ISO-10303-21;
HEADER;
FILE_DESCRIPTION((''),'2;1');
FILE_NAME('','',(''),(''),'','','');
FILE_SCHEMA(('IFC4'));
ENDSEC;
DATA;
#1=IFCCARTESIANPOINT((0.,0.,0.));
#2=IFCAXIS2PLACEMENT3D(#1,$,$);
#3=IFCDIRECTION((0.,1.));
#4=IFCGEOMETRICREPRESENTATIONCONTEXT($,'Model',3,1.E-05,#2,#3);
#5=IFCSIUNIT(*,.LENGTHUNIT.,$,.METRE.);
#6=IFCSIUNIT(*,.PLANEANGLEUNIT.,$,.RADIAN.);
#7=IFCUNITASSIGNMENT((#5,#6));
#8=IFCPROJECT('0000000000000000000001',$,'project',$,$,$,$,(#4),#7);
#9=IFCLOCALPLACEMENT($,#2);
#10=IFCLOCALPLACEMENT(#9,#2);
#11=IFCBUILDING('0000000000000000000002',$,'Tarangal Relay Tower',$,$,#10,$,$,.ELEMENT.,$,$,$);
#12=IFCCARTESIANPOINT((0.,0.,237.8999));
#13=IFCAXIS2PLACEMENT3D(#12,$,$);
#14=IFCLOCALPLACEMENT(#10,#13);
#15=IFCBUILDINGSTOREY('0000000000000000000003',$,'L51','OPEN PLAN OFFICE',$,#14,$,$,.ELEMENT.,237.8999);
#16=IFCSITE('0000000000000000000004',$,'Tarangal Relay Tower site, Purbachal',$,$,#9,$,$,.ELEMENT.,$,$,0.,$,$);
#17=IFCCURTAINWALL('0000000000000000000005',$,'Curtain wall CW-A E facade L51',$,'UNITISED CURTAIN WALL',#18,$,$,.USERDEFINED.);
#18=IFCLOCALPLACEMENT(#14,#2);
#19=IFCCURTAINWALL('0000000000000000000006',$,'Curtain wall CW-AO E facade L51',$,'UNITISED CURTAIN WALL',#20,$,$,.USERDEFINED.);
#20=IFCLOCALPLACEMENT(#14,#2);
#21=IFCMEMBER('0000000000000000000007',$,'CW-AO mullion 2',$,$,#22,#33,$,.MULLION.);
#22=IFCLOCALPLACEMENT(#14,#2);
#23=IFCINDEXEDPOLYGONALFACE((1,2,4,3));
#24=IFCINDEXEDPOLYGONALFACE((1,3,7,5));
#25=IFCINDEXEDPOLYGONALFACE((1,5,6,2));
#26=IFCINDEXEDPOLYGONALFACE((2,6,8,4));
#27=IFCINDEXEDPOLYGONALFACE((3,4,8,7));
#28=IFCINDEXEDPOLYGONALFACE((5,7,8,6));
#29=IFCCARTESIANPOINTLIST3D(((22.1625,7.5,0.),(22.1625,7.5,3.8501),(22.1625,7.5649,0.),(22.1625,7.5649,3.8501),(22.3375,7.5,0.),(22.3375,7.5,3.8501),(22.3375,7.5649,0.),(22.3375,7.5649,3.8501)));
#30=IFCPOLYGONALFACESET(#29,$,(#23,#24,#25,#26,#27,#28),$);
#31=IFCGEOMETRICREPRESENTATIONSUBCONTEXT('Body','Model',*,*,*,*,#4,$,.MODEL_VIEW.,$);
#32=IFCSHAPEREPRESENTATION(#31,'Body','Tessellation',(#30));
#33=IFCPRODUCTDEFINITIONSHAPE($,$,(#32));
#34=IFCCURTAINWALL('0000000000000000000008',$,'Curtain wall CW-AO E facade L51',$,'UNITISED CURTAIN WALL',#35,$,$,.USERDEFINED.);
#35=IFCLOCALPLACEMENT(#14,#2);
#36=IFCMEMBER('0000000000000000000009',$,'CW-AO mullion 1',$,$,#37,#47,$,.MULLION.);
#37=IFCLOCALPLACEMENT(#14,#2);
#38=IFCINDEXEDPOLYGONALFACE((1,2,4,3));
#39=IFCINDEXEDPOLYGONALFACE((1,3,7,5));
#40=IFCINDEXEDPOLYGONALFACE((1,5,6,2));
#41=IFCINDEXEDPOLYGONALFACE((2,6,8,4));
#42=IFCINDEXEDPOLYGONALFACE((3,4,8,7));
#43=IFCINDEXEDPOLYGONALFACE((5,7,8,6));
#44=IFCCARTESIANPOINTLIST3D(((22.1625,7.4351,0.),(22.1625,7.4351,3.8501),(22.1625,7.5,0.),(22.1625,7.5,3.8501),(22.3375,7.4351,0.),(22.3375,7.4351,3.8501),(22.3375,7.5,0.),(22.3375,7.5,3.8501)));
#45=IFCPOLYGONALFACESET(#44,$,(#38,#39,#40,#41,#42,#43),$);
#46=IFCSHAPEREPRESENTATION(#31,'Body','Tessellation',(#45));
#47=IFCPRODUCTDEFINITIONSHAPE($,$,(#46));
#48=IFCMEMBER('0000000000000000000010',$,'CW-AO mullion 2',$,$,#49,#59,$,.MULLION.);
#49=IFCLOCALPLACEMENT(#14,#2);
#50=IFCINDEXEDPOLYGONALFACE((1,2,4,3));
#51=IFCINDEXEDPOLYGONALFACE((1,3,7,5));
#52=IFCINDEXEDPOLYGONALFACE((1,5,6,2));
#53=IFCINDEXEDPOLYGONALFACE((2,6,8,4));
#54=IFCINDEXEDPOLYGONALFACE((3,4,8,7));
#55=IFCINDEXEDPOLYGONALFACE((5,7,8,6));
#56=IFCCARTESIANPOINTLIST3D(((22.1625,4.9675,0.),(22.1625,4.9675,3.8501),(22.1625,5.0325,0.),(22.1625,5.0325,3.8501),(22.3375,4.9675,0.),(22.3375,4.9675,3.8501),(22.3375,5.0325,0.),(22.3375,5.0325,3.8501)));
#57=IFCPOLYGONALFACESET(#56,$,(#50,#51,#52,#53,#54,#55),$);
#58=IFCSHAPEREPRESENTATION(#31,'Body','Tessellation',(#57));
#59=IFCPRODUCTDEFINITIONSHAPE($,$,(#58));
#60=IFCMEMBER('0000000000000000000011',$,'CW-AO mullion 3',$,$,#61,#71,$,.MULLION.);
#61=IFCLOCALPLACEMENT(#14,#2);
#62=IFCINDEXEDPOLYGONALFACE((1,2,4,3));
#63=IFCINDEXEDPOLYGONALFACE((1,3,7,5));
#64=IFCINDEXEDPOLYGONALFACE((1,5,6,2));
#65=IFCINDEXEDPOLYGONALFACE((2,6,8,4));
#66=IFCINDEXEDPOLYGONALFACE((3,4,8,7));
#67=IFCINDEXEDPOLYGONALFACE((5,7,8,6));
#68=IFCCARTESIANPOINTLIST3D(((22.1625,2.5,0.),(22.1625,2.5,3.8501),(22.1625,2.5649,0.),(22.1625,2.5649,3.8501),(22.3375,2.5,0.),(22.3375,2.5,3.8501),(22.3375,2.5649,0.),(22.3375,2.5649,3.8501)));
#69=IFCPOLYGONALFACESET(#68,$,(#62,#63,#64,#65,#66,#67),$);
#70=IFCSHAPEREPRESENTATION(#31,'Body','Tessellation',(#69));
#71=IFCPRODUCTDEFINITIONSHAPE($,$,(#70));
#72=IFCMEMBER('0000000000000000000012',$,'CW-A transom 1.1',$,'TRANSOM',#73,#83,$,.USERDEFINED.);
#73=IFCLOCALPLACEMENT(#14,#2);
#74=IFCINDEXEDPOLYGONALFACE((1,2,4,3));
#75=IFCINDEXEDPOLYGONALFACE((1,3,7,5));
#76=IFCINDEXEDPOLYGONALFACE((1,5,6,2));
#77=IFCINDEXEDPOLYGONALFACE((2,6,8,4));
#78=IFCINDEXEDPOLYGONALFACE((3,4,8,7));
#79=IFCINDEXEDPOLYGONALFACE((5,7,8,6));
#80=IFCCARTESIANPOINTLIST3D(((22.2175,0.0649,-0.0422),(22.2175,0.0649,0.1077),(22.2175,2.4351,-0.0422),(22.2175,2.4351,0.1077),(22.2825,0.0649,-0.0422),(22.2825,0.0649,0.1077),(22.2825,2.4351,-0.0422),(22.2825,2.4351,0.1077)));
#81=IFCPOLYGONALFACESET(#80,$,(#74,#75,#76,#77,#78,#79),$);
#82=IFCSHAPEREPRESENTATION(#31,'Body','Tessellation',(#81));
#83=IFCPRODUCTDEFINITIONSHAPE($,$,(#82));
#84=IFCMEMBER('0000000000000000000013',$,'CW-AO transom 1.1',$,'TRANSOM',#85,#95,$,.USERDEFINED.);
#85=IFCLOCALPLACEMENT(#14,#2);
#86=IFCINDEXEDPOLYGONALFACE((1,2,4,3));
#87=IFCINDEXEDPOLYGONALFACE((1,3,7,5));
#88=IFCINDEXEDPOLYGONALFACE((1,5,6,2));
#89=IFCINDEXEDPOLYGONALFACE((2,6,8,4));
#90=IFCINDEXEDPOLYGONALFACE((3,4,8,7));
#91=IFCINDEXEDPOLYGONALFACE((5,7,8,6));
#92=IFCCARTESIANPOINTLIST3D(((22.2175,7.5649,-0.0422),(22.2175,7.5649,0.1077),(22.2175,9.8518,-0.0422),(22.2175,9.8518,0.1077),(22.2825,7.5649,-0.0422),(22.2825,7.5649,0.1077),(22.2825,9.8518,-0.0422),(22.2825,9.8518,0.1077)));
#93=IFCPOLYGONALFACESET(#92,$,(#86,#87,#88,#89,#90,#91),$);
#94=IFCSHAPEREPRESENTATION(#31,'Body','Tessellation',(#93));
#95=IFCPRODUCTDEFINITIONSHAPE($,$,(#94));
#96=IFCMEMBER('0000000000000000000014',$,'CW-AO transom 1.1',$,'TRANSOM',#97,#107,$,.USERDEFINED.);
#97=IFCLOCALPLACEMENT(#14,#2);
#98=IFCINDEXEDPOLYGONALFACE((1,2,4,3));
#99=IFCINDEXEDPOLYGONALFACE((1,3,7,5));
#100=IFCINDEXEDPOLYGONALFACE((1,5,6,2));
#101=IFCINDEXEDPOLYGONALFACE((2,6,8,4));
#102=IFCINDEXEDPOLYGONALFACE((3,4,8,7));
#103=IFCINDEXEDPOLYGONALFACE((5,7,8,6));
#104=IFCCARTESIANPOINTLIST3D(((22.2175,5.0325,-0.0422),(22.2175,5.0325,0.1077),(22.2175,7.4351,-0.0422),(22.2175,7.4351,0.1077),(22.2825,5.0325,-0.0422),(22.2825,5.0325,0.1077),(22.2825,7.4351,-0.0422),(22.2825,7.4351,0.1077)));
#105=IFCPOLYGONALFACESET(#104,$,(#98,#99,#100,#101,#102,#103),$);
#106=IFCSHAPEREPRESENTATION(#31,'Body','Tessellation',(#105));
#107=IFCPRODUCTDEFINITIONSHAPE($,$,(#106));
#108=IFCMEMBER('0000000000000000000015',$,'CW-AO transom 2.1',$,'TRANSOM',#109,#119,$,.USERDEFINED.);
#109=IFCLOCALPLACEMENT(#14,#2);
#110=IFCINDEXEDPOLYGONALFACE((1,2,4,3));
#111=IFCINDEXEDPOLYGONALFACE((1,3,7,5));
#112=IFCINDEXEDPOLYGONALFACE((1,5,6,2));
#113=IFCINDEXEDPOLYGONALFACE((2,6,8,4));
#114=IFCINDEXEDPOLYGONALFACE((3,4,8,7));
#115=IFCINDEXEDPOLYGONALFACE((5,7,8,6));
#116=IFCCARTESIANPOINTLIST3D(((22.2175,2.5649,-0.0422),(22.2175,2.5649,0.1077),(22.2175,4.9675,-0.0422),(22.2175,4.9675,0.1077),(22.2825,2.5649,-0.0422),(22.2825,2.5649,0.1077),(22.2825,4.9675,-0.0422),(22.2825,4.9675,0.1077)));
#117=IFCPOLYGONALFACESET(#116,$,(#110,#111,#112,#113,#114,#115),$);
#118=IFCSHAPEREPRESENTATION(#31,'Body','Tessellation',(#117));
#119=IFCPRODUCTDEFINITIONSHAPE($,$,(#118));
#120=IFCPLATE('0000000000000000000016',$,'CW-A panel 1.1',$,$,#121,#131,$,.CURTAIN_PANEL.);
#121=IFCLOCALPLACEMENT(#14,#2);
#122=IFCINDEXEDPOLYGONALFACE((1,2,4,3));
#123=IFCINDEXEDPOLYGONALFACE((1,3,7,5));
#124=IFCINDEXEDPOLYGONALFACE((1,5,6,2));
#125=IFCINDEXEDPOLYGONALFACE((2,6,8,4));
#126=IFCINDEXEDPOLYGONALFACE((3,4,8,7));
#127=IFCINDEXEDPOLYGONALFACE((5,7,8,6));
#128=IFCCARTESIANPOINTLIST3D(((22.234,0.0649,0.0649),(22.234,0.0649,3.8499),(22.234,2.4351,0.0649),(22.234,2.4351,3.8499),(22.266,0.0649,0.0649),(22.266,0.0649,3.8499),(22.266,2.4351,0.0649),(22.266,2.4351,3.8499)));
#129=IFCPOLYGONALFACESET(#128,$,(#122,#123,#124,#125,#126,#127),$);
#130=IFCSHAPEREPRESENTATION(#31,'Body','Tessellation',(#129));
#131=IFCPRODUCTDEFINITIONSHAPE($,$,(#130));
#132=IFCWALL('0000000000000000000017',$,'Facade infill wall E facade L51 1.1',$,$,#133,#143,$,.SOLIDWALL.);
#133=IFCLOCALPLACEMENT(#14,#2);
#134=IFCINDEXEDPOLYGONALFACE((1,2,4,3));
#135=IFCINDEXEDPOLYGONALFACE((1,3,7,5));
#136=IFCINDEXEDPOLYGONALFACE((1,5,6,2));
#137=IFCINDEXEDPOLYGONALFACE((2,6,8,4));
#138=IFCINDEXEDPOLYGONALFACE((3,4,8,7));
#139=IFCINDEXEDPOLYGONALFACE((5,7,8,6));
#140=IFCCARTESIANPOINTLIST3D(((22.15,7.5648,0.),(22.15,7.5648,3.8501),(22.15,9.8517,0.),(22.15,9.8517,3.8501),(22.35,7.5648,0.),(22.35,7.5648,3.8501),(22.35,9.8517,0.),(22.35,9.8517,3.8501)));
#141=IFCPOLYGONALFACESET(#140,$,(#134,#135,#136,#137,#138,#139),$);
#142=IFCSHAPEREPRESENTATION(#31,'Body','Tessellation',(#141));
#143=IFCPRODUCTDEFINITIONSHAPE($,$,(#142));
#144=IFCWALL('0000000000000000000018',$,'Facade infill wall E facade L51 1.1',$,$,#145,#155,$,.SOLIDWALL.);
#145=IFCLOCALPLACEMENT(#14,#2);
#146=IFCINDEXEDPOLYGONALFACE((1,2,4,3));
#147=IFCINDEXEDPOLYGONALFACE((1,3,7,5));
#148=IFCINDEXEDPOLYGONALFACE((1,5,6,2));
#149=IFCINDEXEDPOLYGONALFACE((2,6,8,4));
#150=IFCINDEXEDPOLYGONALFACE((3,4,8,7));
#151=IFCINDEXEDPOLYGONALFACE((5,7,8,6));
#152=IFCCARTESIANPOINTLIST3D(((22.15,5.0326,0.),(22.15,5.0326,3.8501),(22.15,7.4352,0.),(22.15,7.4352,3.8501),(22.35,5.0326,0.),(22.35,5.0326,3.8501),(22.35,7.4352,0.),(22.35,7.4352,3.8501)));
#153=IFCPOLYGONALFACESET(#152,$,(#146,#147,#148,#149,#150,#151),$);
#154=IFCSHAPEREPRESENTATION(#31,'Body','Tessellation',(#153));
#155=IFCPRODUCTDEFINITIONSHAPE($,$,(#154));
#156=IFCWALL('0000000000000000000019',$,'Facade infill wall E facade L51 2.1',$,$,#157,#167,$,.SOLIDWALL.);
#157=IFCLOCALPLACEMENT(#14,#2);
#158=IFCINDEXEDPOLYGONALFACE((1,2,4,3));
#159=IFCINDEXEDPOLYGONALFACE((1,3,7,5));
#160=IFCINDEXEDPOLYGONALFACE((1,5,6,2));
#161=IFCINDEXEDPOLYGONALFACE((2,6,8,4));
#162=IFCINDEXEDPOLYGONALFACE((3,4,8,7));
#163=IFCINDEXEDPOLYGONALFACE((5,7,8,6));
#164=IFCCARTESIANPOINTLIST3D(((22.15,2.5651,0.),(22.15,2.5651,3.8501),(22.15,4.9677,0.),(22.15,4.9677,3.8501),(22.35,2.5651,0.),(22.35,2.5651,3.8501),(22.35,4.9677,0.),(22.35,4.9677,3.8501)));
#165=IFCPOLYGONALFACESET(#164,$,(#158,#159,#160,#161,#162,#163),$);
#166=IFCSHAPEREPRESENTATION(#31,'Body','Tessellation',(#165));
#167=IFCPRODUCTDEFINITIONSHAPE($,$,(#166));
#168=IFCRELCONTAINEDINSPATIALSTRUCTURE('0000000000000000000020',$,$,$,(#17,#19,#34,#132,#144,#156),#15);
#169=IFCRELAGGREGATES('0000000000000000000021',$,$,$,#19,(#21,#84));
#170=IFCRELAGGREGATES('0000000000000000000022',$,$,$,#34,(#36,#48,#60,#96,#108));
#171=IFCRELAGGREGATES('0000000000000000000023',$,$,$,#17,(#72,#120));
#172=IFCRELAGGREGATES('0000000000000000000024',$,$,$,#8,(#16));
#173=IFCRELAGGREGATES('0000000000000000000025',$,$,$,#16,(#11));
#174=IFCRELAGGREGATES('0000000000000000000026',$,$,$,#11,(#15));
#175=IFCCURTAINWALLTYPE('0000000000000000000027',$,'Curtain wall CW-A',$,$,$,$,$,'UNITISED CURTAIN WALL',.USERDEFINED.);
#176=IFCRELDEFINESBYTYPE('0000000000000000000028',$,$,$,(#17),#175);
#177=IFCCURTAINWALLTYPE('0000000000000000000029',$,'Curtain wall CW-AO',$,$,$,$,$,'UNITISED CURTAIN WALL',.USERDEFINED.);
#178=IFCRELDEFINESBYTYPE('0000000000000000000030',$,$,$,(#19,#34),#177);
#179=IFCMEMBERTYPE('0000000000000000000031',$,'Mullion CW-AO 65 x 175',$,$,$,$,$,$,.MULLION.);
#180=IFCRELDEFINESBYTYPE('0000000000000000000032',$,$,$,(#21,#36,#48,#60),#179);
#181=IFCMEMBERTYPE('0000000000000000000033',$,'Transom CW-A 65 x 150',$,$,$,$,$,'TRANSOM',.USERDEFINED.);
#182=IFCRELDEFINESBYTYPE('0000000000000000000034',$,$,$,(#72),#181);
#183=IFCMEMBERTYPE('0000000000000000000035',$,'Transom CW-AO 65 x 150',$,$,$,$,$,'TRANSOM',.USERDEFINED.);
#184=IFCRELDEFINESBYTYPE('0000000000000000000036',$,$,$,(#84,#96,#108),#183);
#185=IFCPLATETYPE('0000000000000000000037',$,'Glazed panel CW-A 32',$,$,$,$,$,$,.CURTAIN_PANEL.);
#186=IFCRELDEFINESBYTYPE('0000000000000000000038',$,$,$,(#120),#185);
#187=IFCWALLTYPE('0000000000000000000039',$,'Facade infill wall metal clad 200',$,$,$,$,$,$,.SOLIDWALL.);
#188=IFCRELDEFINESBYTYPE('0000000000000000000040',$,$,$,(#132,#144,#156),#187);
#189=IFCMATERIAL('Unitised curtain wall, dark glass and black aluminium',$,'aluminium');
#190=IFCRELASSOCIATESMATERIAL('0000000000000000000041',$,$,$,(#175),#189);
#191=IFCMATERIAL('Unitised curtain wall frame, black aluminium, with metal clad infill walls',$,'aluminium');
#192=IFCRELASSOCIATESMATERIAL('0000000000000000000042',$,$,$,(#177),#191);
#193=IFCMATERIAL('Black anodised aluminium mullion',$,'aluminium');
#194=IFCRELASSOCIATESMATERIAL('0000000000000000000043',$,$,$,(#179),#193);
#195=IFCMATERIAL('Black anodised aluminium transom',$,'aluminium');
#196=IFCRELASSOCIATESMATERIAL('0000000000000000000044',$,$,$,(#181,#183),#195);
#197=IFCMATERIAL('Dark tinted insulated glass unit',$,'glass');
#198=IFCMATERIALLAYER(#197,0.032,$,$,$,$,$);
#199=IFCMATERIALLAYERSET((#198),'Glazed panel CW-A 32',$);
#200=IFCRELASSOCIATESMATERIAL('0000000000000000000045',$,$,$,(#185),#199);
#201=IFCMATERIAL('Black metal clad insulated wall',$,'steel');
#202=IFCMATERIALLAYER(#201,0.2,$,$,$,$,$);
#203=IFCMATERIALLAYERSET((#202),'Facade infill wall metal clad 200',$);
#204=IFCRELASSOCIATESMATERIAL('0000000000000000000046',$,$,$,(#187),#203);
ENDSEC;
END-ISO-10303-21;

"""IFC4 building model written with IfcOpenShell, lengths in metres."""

from ifc_helpers import new_model, si_unit, direction, frame, frame_2d, origin, origin_2d, place, context, subcontext, project, spatial, rectangle, extrude, material, layer, layer_set, material_profile, profile_set, type_object, element, aggregate, save


model = new_model("IFC4")

# Units and contexts
model_context = context("Model", 3, precision=1e-05, world=origin(), true_north=direction((0.0, 1.0)))
body_context = subcontext(model_context, "Body", "Model", "MODEL_VIEW")
ifc_project = project(units=[si_unit("LENGTHUNIT", "METRE"), si_unit("PLANEANGLEUNIT", "RADIAN")], contexts=[model_context])

# Site, building, storey
site_placement = place(None, origin())
site = spatial("IfcSite", under=ifc_project, at=site_placement, Name="Tarangal Relay Tower site, Purbachal", CompositionType="ELEMENT", RefElevation=0.0)
building_placement = place(site_placement, origin())
building = spatial("IfcBuilding", under=site, at=building_placement, Name="Tarangal Relay Tower", CompositionType="ELEMENT")
storey_placement = place(building_placement, frame((0.0, 0.0, 237.8999)))
storey = spatial("IfcBuildingStorey", under=building, at=storey_placement, Name="L51", Description="OPEN PLAN OFFICE", CompositionType="ELEMENT", Elevation=237.8999)

# Shared definitions
ifc_material_1 = material(Name="Unitised curtain wall, dark glass and black aluminium", Category="aluminium")
curtain_wall_type_1 = type_object("IfcCurtainWallType", Name="Curtain wall CW-A", ElementType="UNITISED CURTAIN WALL", PredefinedType="USERDEFINED", material=ifc_material_1)
ifc_material_2 = material(Name="Black anodised aluminium mullion", Category="aluminium")

# Curtain walls, members
curtain_wall_1_placement = place(storey_placement, origin())
curtain_wall_1 = element("IfcCurtainWall", 1, at=curtain_wall_1_placement, inside=storey, type_object=curtain_wall_type_1, Name="Curtain wall CW-A E facade L51", ObjectType="UNITISED CURTAIN WALL", PredefinedType="USERDEFINED")
ifc_material_3 = material(Name="Unitised curtain wall frame, black aluminium, with metal clad infill walls", Category="aluminium")
curtain_wall_type_2 = type_object("IfcCurtainWallType", Name="Curtain wall CW-AO", ElementType="UNITISED CURTAIN WALL", PredefinedType="USERDEFINED", material=ifc_material_3)
curtain_wall_2_placement = place(storey_placement, origin())
curtain_wall_2 = element("IfcCurtainWall", 2, at=curtain_wall_2_placement, inside=storey, type_object=curtain_wall_type_2, Name="Curtain wall CW-AO E facade L51", ObjectType="UNITISED CURTAIN WALL", PredefinedType="USERDEFINED")
ifc_material_profile_1 = material_profile(ifc_material_2, rectangle(XDim=0.175, YDim=0.0649, at=origin_2d()), Name="CW-AOM 65X175")
ifc_profile_set_1 = profile_set([ifc_material_profile_1], Name="Black anodised aluminium mullion")
member_type_1 = type_object("IfcMemberType", Name="Mullion CW-AO 65 x 175", PredefinedType="MULLION", material=ifc_profile_set_1)
member_1_placement = place(storey_placement, frame((22.25, 7.5325, 0.0), z_axis=(0.0, 0.0, 1.0), x_axis=(1.0, 0.0, 0.0)))
member_1 = element("IfcMember", 3, at=member_1_placement, type_object=member_type_1, Name="CW-AO mullion 2", PredefinedType="MULLION", context=body_context, shape_type="SweptSolid", body=[
    extrude(rectangle(XDim=0.175, YDim=0.0649, at=origin_2d()), origin(), (0.0, 0.0, 1.0), 3.8501),
])
curtain_wall_3_placement = place(storey_placement, origin())
curtain_wall_3 = element("IfcCurtainWall", 4, at=curtain_wall_3_placement, inside=storey, type_object=curtain_wall_type_2, Name="Curtain wall CW-AO E facade L51", ObjectType="UNITISED CURTAIN WALL", PredefinedType="USERDEFINED")
member_2_placement = place(storey_placement, frame((22.25, 7.4675, 0.0), z_axis=(0.0, 0.0, 1.0), x_axis=(1.0, 0.0, 0.0)))
member_2 = element("IfcMember", 5, at=member_2_placement, type_object=member_type_1, Name="CW-AO mullion 1", PredefinedType="MULLION", context=body_context, shape_type="SweptSolid", body=[
    extrude(rectangle(XDim=0.175, YDim=0.0649, at=origin_2d()), origin(), (0.0, 0.0, 1.0), 3.8501),
])
member_3_placement = place(storey_placement, frame((22.25, 5.0, 0.0), z_axis=(0.0, 0.0, 1.0), x_axis=(1.0, 0.0, 0.0)))
member_3 = element("IfcMember", 6, at=member_3_placement, type_object=member_type_1, Name="CW-AO mullion 2", PredefinedType="MULLION", context=body_context, shape_type="SweptSolid", body=[
    extrude(rectangle(XDim=0.175, YDim=0.0649, at=origin_2d()), origin(), (0.0, 0.0, 1.0), 3.8501),
])
member_4_placement = place(storey_placement, frame((22.25, 2.5325, 0.0), z_axis=(0.0, 0.0, 1.0), x_axis=(1.0, 0.0, 0.0)))
member_4 = element("IfcMember", 7, at=member_4_placement, type_object=member_type_1, Name="CW-AO mullion 3", PredefinedType="MULLION", context=body_context, shape_type="SweptSolid", body=[
    extrude(rectangle(XDim=0.175, YDim=0.0649, at=origin_2d()), origin(), (0.0, 0.0, 1.0), 3.8501),
])

# Members
ifc_material_4 = material(Name="Black anodised aluminium transom", Category="aluminium")
ifc_material_profile_2 = material_profile(ifc_material_4, rectangle(XDim=0.0649, YDim=0.1499, at=origin_2d()), Name="CW-AT 65X150")
ifc_profile_set_2 = profile_set([ifc_material_profile_2], Name="Black anodised aluminium transom")
member_type_2 = type_object("IfcMemberType", Name="Transom CW-A 65 x 150", ElementType="TRANSOM", PredefinedType="USERDEFINED", material=ifc_profile_set_2)
member_5_placement = place(storey_placement, frame((22.25, 2.4351, 0.0327), z_axis=(0.0, -1.0, 0.0), x_axis=(1.0, 0.0, 0.0)))
member_5 = element("IfcMember", 8, at=member_5_placement, type_object=member_type_2, Name="CW-A transom 1.1", ObjectType="TRANSOM", PredefinedType="USERDEFINED", context=body_context, shape_type="SweptSolid", body=[
    extrude(rectangle(XDim=0.0649, YDim=0.1499, at=origin_2d()), origin(), (0.0, 0.0, 1.0), 2.3701),
])
ifc_material_profile_3 = material_profile(ifc_material_4, rectangle(XDim=0.0649, YDim=0.1499, at=origin_2d()), Name="CW-AOT 65X150")
ifc_profile_set_3 = profile_set([ifc_material_profile_3], Name="Black anodised aluminium transom")
member_type_3 = type_object("IfcMemberType", Name="Transom CW-AO 65 x 150", ElementType="TRANSOM", PredefinedType="USERDEFINED", material=ifc_profile_set_3)
member_6_placement = place(storey_placement, frame((22.25, 9.8518, 0.0327), z_axis=(0.0, -1.0, 0.0), x_axis=(1.0, 0.0, 0.0)))
member_6 = element("IfcMember", 9, at=member_6_placement, type_object=member_type_3, Name="CW-AO transom 1.1", ObjectType="TRANSOM", PredefinedType="USERDEFINED", context=body_context, shape_type="SweptSolid", body=[
    extrude(rectangle(XDim=0.0649, YDim=0.1499, at=origin_2d()), origin(), (0.0, 0.0, 1.0), 2.2869),
])
aggregate(curtain_wall_2, [member_1, member_6])
member_7_placement = place(storey_placement, frame((22.25, 7.4351, 0.0327), z_axis=(0.0, -1.0, 0.0), x_axis=(1.0, 0.0, 0.0)))
member_7 = element("IfcMember", 10, at=member_7_placement, type_object=member_type_3, Name="CW-AO transom 1.1", ObjectType="TRANSOM", PredefinedType="USERDEFINED", context=body_context, shape_type="SweptSolid", body=[
    extrude(rectangle(XDim=0.0649, YDim=0.1499, at=origin_2d()), origin(), (0.0, 0.0, 1.0), 2.4026),
])
member_8_placement = place(storey_placement, frame((22.25, 4.9675, 0.0327), z_axis=(0.0, -1.0, 0.0), x_axis=(1.0, 0.0, 0.0)))
member_8 = element("IfcMember", 11, at=member_8_placement, type_object=member_type_3, Name="CW-AO transom 2.1", ObjectType="TRANSOM", PredefinedType="USERDEFINED", context=body_context, shape_type="SweptSolid", body=[
    extrude(rectangle(XDim=0.0649, YDim=0.1499, at=origin_2d()), origin(), (0.0, 0.0, 1.0), 2.4026),
])
aggregate(curtain_wall_3, [member_2, member_3, member_4, member_7, member_8])

# Plate
ifc_material_5 = material(Name="Dark tinted insulated glass unit", Category="glass")
ifc_layer_1 = layer(ifc_material_5, 0.032)
ifc_layer_set_1 = layer_set([ifc_layer_1], Name="Glazed panel CW-A 32")
plate_type = type_object("IfcPlateType", Name="Glazed panel CW-A 32", PredefinedType="CURTAIN_PANEL", material=ifc_layer_set_1)
plate_placement = place(storey_placement, frame((22.25, 1.25, 0.0649), z_axis=(0.0, 0.0, 1.0), x_axis=(0.0, -1.0, 0.0)))
plate = element("IfcPlate", 12, at=plate_placement, type_object=plate_type, Name="CW-A panel 1.1", PredefinedType="CURTAIN_PANEL", context=body_context, shape_type="SweptSolid", body=[
    extrude(rectangle(XDim=2.3701, YDim=0.032, at=origin_2d()), origin(), (0.0, 0.0, 1.0), 3.7849),
])
aggregate(curtain_wall_1, [member_5, plate])

# Walls
ifc_material_6 = material(Name="Black metal clad insulated wall", Category="steel")
ifc_layer_2 = layer(ifc_material_6, 0.2)
ifc_layer_set_2 = layer_set([ifc_layer_2], Name="Facade infill wall metal clad 200")
wall_type_1 = type_object("IfcWallType", Name="Facade infill wall metal clad 200", PredefinedType="SOLIDWALL", material=ifc_layer_set_2)
wall_1_placement = place(storey_placement, frame((22.25, 9.8518, 0.0), z_axis=(0.0, 0.0, 1.0), x_axis=(0.0, -1.0, 0.0)))
element("IfcWall", 13, at=wall_1_placement, inside=storey, type_object=wall_type_1, Name="Facade infill wall E facade L51 1.1", PredefinedType="SOLIDWALL", context=body_context, shape_type="SweptSolid", body=[
    extrude(rectangle(XDim=2.2869, YDim=0.2, at=frame_2d((1.1436, 0.0))), origin(), (0.0, 0.0, 1.0), 3.8501),
])
for number, where, z_axis, x_axis, name in (
    (14, (22.25, 7.4351, 0.0), (0.0, 0.0, 1.0), (0.0, -1.0, 0.0), "Facade infill wall E facade L51 1.1"),
    (15, (22.25, 4.9675, 0.0), (0.0, 0.0, 1.0), (0.0, -1.0, 0.0), "Facade infill wall E facade L51 2.1"),
):
    element("IfcWall", number, at=place(storey_placement, frame(where, z_axis=z_axis, x_axis=x_axis)), inside=storey, type_object=wall_type_1, Name=name, PredefinedType="SOLIDWALL", context=body_context, shape_type="SweptSolid", body=[
        extrude(rectangle(XDim=2.4026, YDim=0.2, at=frame_2d((1.2012, 0.0))), origin(), (0.0, 0.0, 1.0), 3.8501),
    ])

save(model, "model.ifc")
